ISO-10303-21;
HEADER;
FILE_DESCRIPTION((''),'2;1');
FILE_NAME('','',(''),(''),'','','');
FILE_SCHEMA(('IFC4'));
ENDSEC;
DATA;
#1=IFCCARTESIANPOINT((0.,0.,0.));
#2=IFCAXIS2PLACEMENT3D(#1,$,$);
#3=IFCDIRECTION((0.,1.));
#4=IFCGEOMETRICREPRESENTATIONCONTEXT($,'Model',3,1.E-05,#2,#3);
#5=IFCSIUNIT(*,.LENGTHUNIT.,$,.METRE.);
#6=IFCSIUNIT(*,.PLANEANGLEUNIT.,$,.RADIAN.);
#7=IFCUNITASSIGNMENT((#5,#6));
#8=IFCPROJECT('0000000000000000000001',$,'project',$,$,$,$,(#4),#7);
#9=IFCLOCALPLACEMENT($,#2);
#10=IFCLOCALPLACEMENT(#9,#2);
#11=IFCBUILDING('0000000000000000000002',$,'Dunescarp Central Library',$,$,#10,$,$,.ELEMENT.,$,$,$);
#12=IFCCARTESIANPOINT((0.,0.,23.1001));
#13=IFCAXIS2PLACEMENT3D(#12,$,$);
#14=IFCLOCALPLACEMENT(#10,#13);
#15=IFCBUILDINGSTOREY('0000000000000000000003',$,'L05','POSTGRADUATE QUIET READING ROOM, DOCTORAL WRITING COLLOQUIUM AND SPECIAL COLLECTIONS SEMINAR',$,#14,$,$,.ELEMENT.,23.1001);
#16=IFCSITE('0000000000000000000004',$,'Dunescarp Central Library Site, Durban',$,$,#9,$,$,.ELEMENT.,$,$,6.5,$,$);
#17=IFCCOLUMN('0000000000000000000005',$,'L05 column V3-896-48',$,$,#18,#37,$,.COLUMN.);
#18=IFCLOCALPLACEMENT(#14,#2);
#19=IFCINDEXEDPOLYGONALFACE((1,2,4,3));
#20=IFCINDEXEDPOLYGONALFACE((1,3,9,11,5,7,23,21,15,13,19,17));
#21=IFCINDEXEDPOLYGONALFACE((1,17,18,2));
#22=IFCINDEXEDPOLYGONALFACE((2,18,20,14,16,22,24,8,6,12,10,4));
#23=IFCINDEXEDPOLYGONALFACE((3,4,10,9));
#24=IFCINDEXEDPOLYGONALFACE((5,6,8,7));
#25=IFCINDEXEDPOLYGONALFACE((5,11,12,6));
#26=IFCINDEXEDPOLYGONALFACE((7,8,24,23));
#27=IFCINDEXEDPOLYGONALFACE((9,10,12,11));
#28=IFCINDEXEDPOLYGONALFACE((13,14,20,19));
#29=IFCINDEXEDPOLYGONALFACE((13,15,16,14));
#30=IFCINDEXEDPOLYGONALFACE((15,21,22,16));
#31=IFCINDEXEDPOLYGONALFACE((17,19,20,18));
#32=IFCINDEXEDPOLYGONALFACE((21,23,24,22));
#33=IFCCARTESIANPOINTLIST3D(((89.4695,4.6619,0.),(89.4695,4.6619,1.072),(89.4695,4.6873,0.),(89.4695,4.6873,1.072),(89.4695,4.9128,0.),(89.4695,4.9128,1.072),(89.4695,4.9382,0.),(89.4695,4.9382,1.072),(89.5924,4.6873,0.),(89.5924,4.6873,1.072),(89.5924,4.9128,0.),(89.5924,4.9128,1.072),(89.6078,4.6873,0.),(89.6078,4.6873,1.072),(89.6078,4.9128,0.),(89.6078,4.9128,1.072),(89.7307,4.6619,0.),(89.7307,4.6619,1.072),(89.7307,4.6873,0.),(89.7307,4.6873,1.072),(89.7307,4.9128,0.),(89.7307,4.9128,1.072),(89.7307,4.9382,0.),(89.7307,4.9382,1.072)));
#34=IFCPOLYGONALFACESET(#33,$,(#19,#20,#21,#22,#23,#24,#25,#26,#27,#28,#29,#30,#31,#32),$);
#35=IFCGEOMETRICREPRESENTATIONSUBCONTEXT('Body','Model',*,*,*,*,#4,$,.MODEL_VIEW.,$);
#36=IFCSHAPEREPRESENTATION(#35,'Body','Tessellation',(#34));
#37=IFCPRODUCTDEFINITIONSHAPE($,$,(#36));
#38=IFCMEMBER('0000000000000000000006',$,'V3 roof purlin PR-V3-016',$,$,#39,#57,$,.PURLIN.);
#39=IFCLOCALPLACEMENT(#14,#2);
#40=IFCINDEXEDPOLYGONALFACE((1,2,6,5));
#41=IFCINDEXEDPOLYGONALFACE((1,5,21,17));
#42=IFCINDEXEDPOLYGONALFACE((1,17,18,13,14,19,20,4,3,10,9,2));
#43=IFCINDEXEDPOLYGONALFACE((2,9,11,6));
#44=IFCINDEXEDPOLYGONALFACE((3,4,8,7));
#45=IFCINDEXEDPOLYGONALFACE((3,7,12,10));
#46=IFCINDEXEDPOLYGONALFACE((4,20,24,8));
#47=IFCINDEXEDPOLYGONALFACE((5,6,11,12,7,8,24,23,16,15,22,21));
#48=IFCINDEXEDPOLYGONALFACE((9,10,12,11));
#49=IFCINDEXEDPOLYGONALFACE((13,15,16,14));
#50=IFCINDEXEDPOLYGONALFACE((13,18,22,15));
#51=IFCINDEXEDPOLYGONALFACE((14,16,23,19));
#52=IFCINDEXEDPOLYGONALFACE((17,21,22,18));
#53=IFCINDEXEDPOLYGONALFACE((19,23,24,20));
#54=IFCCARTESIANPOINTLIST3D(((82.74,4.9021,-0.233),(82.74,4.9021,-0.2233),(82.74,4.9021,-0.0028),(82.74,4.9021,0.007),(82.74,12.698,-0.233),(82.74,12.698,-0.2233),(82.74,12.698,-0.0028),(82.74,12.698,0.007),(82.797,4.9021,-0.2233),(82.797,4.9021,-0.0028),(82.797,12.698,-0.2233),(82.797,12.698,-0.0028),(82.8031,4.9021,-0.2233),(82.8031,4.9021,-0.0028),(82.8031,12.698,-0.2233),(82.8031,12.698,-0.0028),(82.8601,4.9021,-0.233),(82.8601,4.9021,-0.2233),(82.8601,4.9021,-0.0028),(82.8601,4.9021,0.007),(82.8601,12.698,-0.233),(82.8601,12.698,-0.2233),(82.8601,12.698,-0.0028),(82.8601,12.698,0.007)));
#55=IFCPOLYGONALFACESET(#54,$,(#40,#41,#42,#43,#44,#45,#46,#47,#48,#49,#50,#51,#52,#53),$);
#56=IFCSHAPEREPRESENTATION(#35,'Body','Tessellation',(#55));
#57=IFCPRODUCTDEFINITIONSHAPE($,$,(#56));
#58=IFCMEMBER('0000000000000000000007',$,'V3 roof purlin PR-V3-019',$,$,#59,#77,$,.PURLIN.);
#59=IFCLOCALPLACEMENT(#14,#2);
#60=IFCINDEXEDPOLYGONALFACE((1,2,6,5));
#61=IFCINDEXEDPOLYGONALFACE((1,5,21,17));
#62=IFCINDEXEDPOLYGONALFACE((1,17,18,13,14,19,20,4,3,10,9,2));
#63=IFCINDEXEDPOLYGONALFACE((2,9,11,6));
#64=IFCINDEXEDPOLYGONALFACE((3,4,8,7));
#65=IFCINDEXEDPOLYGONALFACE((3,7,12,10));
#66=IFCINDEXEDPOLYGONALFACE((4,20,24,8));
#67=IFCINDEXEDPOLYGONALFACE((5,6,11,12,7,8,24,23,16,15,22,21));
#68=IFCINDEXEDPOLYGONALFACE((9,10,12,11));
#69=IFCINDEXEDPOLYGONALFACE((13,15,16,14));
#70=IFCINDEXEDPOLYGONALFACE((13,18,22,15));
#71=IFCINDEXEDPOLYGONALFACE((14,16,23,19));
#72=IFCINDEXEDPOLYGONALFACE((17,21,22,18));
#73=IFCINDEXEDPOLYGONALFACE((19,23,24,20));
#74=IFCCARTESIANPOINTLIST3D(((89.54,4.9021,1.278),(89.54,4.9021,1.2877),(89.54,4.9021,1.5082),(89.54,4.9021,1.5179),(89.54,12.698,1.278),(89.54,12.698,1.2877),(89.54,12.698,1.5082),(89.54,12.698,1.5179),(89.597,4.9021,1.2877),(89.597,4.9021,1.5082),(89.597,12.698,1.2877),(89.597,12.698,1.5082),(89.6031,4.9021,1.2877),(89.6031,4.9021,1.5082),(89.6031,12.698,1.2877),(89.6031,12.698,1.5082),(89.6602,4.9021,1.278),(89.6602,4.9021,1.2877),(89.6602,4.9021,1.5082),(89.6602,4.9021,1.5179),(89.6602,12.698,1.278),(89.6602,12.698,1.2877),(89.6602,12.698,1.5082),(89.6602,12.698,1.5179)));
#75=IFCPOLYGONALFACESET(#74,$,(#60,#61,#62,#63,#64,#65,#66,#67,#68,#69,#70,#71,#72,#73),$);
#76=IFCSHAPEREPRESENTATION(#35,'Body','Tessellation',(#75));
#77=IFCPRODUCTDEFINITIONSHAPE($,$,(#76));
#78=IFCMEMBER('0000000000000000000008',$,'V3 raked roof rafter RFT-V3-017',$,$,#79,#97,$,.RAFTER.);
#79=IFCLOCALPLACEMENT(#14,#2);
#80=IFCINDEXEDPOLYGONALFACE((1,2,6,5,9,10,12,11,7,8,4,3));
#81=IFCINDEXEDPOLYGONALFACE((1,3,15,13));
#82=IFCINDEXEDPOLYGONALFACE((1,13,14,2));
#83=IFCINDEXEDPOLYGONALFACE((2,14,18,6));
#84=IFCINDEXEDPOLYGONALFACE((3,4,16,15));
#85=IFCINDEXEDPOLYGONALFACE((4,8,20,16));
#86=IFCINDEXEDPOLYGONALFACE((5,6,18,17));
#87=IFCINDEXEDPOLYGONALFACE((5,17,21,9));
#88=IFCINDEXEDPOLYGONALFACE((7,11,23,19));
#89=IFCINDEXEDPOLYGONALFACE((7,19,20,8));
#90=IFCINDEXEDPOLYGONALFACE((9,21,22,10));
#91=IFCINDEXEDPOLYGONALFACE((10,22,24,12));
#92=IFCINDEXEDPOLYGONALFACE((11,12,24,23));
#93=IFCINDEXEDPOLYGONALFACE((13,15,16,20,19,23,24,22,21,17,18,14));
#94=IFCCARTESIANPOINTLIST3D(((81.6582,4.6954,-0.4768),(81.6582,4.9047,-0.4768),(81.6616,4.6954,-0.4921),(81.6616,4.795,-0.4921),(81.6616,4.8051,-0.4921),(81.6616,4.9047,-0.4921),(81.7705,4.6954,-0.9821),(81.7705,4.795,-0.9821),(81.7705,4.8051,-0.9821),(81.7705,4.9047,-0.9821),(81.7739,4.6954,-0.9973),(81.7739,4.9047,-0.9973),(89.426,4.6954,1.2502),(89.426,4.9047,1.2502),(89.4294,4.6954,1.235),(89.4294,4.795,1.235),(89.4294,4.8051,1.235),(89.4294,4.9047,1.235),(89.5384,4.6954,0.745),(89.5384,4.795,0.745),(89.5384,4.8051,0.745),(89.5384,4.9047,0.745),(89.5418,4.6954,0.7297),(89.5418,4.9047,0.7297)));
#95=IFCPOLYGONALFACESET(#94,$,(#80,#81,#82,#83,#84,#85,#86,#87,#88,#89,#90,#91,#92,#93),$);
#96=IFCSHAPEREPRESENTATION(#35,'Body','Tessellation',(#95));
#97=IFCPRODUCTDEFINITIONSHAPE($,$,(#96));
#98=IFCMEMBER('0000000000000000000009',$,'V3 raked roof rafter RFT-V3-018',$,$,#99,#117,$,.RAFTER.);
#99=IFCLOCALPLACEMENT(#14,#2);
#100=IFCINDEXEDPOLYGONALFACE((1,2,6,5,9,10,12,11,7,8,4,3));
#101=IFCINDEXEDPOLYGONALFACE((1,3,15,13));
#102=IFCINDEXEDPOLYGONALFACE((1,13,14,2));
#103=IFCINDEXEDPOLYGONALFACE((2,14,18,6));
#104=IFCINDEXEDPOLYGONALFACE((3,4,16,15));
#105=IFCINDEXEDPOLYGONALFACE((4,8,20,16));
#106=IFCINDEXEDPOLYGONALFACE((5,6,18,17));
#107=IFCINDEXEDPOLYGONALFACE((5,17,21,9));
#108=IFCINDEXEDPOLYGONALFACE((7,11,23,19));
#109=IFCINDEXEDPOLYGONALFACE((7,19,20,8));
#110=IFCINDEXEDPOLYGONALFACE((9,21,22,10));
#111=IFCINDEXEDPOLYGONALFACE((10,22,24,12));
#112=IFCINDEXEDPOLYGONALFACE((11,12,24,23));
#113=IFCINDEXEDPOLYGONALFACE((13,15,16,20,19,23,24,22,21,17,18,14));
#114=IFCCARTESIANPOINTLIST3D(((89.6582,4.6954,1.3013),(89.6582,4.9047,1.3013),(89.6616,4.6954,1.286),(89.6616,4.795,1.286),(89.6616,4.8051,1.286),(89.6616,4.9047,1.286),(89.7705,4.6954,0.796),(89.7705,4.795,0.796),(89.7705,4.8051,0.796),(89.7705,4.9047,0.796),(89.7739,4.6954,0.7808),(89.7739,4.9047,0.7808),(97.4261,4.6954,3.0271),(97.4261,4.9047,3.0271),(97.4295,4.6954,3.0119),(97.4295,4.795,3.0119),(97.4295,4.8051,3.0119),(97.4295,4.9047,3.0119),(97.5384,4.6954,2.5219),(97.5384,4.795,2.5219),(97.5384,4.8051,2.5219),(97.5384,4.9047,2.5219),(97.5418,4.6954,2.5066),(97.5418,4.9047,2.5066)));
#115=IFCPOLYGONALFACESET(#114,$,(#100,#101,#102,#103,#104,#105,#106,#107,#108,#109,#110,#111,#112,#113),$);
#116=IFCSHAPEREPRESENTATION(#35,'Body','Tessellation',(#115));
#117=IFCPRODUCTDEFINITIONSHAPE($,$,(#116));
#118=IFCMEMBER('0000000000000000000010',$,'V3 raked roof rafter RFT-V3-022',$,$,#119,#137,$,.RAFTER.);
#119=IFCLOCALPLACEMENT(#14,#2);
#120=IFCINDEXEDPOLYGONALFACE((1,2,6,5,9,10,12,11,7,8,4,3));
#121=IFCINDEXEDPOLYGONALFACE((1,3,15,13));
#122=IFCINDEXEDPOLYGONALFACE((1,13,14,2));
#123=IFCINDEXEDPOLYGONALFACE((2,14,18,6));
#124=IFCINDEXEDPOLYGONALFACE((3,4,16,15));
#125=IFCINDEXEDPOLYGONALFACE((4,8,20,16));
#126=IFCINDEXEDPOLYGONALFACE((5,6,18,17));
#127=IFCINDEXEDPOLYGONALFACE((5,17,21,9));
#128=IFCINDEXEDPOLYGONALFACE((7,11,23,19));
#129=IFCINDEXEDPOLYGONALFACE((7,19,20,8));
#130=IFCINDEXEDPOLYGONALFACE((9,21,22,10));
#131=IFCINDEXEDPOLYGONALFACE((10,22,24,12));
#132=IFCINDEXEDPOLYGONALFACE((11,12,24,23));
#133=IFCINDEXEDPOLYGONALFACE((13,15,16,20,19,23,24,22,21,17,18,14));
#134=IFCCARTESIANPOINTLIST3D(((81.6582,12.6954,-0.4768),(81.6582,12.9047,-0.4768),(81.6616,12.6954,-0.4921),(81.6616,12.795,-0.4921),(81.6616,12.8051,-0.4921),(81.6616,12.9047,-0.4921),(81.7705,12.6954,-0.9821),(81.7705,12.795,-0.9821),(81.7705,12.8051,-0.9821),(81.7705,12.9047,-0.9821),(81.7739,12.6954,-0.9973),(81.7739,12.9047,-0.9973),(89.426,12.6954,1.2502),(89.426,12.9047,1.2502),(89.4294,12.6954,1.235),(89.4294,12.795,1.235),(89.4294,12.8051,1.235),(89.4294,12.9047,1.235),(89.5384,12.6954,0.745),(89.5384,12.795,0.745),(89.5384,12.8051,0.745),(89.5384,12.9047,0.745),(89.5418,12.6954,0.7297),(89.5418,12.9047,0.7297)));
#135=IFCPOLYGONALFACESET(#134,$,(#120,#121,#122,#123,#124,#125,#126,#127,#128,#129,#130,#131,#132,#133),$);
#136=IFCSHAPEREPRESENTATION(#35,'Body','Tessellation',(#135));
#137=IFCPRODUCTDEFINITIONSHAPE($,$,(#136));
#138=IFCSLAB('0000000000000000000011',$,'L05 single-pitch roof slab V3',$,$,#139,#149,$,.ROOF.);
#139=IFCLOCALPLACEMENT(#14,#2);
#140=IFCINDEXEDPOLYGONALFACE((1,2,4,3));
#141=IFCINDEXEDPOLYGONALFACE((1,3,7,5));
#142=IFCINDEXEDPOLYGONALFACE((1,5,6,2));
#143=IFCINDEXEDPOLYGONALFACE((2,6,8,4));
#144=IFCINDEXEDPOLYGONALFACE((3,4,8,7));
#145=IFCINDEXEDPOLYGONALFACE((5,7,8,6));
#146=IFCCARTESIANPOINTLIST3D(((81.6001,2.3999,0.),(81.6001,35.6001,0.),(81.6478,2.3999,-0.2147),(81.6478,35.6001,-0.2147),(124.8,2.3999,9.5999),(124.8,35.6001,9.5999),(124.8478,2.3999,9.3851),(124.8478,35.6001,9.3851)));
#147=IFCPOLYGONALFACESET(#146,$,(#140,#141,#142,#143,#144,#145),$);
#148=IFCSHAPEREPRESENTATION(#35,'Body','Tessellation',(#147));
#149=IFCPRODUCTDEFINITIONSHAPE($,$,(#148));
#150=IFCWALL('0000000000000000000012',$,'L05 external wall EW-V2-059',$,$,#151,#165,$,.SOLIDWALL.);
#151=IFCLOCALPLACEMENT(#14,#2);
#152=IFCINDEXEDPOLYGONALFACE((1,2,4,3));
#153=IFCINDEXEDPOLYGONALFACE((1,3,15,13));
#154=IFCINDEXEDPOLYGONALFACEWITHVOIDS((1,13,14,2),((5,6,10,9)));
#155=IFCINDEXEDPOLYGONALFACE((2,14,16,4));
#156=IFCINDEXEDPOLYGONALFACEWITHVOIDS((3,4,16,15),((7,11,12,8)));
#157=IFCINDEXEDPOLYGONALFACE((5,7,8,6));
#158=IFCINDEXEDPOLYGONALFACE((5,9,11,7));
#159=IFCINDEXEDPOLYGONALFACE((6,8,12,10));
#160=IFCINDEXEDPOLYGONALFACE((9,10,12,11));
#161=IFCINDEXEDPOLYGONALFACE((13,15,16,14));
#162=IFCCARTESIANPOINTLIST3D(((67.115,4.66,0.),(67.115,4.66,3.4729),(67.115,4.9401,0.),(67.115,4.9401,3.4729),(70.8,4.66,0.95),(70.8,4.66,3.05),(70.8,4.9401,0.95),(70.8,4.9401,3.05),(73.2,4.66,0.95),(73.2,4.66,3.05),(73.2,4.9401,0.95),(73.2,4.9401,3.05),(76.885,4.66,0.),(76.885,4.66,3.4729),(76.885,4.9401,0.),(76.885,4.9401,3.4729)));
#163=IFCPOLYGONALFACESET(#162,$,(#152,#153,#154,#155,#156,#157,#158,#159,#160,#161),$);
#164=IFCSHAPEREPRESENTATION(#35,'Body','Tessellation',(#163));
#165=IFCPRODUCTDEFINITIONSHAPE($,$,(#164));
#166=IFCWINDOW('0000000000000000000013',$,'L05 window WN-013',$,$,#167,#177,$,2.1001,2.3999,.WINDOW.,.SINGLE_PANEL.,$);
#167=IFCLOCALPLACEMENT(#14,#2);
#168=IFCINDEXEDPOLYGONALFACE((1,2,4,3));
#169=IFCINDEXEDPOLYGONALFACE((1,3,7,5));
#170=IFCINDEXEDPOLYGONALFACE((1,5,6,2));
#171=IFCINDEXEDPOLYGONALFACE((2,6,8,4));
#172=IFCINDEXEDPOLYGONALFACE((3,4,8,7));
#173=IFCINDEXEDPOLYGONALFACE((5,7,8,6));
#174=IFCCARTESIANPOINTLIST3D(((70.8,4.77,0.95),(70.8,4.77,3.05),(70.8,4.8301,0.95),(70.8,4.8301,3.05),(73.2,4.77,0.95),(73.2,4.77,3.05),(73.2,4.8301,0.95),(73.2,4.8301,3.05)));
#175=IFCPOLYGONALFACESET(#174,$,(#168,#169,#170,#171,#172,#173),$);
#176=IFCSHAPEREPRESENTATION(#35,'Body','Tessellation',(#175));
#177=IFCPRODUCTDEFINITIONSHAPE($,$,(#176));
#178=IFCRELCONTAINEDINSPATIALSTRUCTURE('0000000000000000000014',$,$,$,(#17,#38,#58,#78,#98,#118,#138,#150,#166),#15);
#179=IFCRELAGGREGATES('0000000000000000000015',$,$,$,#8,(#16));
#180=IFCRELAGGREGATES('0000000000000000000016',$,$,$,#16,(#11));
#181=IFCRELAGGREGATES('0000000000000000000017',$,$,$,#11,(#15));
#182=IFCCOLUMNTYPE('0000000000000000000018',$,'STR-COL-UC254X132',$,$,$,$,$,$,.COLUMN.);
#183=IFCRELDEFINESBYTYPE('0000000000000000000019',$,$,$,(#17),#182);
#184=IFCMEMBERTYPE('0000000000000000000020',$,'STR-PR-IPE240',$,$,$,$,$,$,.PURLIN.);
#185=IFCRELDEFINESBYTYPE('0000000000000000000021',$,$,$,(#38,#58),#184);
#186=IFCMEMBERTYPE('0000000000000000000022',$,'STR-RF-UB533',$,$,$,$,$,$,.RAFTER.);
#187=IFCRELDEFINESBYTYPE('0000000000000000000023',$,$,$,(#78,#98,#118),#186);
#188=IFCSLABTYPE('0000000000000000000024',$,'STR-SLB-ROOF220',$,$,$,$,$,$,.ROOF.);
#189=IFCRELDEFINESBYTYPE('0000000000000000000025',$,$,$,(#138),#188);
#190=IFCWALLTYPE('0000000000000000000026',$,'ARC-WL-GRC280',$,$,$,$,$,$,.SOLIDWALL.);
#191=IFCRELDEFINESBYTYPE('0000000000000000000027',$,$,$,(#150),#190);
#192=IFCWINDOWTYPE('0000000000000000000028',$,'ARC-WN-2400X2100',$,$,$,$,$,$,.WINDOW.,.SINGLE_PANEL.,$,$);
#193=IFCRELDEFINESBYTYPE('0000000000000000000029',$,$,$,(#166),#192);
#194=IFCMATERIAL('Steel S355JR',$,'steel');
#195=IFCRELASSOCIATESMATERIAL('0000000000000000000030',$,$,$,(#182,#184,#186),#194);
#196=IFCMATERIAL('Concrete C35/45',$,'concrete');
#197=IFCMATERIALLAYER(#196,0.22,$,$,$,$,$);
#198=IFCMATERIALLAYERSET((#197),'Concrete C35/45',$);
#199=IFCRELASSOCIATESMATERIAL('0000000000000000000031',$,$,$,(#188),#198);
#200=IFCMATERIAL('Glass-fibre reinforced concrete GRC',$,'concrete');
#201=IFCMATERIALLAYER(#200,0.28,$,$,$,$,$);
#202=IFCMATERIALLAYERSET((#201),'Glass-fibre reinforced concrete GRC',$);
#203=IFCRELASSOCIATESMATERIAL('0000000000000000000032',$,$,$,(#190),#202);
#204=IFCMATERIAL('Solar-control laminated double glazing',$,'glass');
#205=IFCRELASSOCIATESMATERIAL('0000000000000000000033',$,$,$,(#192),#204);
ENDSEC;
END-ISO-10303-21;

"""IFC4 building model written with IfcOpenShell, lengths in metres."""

from ifc_helpers import new_model, si_unit, direction, frame, frame_2d, origin, origin_2d, place, context, subcontext, project, spatial, polyline, rectangle, i_section, outline, extrude, material, layer, layer_set, material_profile, profile_set, type_object, element, fill, save


model = new_model("IFC4")

# Units and contexts
model_context = context("Model", 3, precision=1e-05, world=origin(), true_north=direction((0.0, 1.0)))
body_context = subcontext(model_context, "Body", "Model", "MODEL_VIEW")
ifc_project = project(units=[si_unit("LENGTHUNIT", "METRE"), si_unit("PLANEANGLEUNIT", "RADIAN")], contexts=[model_context])

# Site, building, storey
site_placement = place(None, origin())
site = spatial("IfcSite", under=ifc_project, at=site_placement, Name="Dunescarp Central Library Site, Durban", CompositionType="ELEMENT", RefElevation=6.5)
building_placement = place(site_placement, origin())
building = spatial("IfcBuilding", under=site, at=building_placement, Name="Dunescarp Central Library", CompositionType="ELEMENT")
storey_placement = place(building_placement, frame((0.0, 0.0, 23.1001)))
storey = spatial("IfcBuildingStorey", under=building, at=storey_placement, Name="L05", Description="POSTGRADUATE QUIET READING ROOM, DOCTORAL WRITING COLLOQUIUM AND SPECIAL COLLECTIONS SEMINAR", CompositionType="ELEMENT", Elevation=23.1001)

# Column
ifc_material_1 = material(Name="Steel S355JR", Category="steel")
ifc_material_profile_1 = material_profile(ifc_material_1, i_section(OverallWidth=0.2612, OverallDepth=0.2764, WebThickness=0.0154, FlangeThickness=0.0254, at=origin_2d()), Name="UC 254x254x132")
ifc_profile_set_1 = profile_set([ifc_material_profile_1], Name="Steel S355JR")
column_type = type_object("IfcColumnType", Name="STR-COL-UC254X132", PredefinedType="COLUMN", material=ifc_profile_set_1)
column_placement = place(storey_placement, frame((89.6001, 4.8, 0.0), z_axis=(0.0, 0.0, 1.0), x_axis=(1.0, 0.0, 0.0)))
element("IfcColumn", 1, at=column_placement, inside=storey, type_object=column_type, Name="L05 column V3-896-48", PredefinedType="COLUMN", context=body_context, shape_type="SweptSolid", body=[
    extrude(i_section(OverallWidth=0.2612, OverallDepth=0.2764, WebThickness=0.0154, FlangeThickness=0.0254, at=origin_2d()), origin(), (0.0, 0.0, 1.0), 1.072),
])

# Members
ifc_material_profile_2 = material_profile(ifc_material_1, i_section(OverallWidth=0.1201, OverallDepth=0.24, WebThickness=0.0061, FlangeThickness=0.0098, at=origin_2d()), Name="IPE 240")
ifc_profile_set_2 = profile_set([ifc_material_profile_2], Name="Steel S355JR")
member_type_1 = type_object("IfcMemberType", Name="STR-PR-IPE240", PredefinedType="PURLIN", material=ifc_profile_set_2)
for number, where, z_axis, x_axis, name in (
    (2, (82.8, 4.9021, -0.113), (0.0, 1.0, 0.0), (-1.0, 0.0, 0.0), "V3 roof purlin PR-V3-016"),
    (3, (89.6001, 4.9021, 1.3979), (0.0, 1.0, 0.0), (-1.0, 0.0, 0.0), "V3 roof purlin PR-V3-019"),
):
    element("IfcMember", number, at=place(storey_placement, frame(where, z_axis=z_axis, x_axis=x_axis)), inside=storey, type_object=member_type_1, Name=name, PredefinedType="PURLIN", context=body_context, shape_type="SweptSolid", body=[
        extrude(i_section(OverallWidth=0.1201, OverallDepth=0.24, WebThickness=0.0061, FlangeThickness=0.0098, at=origin_2d()), origin(), (0.0, 0.0, 1.0), 7.7959),
    ])
ifc_material_profile_3 = material_profile(ifc_material_1, i_section(OverallWidth=0.2092, OverallDepth=0.5332, WebThickness=0.01, FlangeThickness=0.0156, at=origin_2d()), Name="UB 533x210x92")
ifc_profile_set_3 = profile_set([ifc_material_profile_3], Name="Steel S355JR")
member_type_2 = type_object("IfcMemberType", Name="STR-RF-UB533", PredefinedType="RAFTER", material=ifc_profile_set_3)
member_1_placement = place(storey_placement, frame((81.7161, 4.8, -0.7371), z_axis=(0.976164, 0.0, 0.217034), x_axis=(0.0, 1.0, 0.0)))
element("IfcMember", 4, at=member_1_placement, inside=storey, type_object=member_type_2, Name="V3 raked roof rafter RFT-V3-017", PredefinedType="RAFTER", context=body_context, shape_type="SweptSolid", body=[
    extrude(i_section(OverallWidth=0.2092, OverallDepth=0.5332, WebThickness=0.01, FlangeThickness=0.0156, at=origin_2d()), origin(), (0.0, 0.0, 1.0), 7.9575),
])
member_2_placement = place(storey_placement, frame((89.7161, 4.8, 1.041), z_axis=(0.976196, 0.0, 0.216888), x_axis=(0.0, 1.0, 0.0)))
element("IfcMember", 5, at=member_2_placement, inside=storey, type_object=member_type_2, Name="V3 raked roof rafter RFT-V3-018", PredefinedType="RAFTER", context=body_context, shape_type="SweptSolid", body=[
    extrude(i_section(OverallWidth=0.2092, OverallDepth=0.5332, WebThickness=0.01, FlangeThickness=0.0156, at=origin_2d()), origin(), (0.0, 0.0, 1.0), 7.9573),
])
member_3_placement = place(storey_placement, frame((81.7161, 12.8, -0.7371), z_axis=(0.976164, 0.0, 0.217034), x_axis=(0.0, 1.0, 0.0)))
element("IfcMember", 6, at=member_3_placement, inside=storey, type_object=member_type_2, Name="V3 raked roof rafter RFT-V3-022", PredefinedType="RAFTER", context=body_context, shape_type="SweptSolid", body=[
    extrude(i_section(OverallWidth=0.2092, OverallDepth=0.5332, WebThickness=0.01, FlangeThickness=0.0156, at=origin_2d()), origin(), (0.0, 0.0, 1.0), 7.9575),
])

# Slab
ifc_material_2 = material(Name="Concrete C35/45", Category="concrete")
ifc_layer_1 = layer(ifc_material_2, 0.22)
ifc_layer_set_1 = layer_set([ifc_layer_1], Name="Concrete C35/45")
slab_type = type_object("IfcSlabType", Name="STR-SLB-ROOF220", PredefinedType="ROOF", material=ifc_layer_set_1)
slab_placement = place(storey_placement, frame((81.6001, 2.3999, 0.0), z_axis=(-0.216928, 0.0, 0.976188), x_axis=(0.976188, 0.0, 0.216928)))
element("IfcSlab", 7, at=slab_placement, inside=storey, type_object=slab_type, Name="L05 single-pitch roof slab V3", PredefinedType="ROOF", context=body_context, shape_type="SweptSolid", body=[
    extrude(outline(polyline([(0.0, 0.0), (44.2537, 0.0), (44.2537, 33.2002), (0.0, 33.2002), (0.0, 0.0)])), origin(), (0.0, 0.0, -1.0), 0.22),
])

# Wall, opening, window
ifc_material_3 = material(Name="Glass-fibre reinforced concrete GRC", Category="concrete")
ifc_layer_2 = layer(ifc_material_3, 0.28)
ifc_layer_set_2 = layer_set([ifc_layer_2], Name="Glass-fibre reinforced concrete GRC")
wall_type = type_object("IfcWallType", Name="ARC-WL-GRC280", PredefinedType="SOLIDWALL", material=ifc_layer_set_2)
wall_placement = place(storey_placement, frame((76.885, 4.8, 0.0), z_axis=(0.0, 0.0, 1.0), x_axis=(-1.0, 0.0, 0.0)))
wall = element("IfcWall", 8, at=wall_placement, inside=storey, type_object=wall_type, Name="L05 external wall EW-V2-059", PredefinedType="SOLIDWALL", context=body_context, shape_type="SweptSolid", body=[
    extrude(rectangle(XDim=9.77, YDim=0.28, at=frame_2d((4.885, 0.0))), origin(), (0.0, 0.0, 1.0), 3.4729),
])
opening_placement = place(wall_placement, frame((3.6851, 0.0, 0.95)))
opening = element("IfcOpeningElement", 9, at=opening_placement, cuts=wall, PredefinedType="OPENING", context=body_context, shape_type="SweptSolid", body=[
    extrude(rectangle(XDim=2.3999, YDim=2.1001, at=frame_2d((1.2, 1.05))), frame((0.0, 0.1499, 0.0), z_axis=(0.0, -1.0, 0.0), x_axis=(1.0, 0.0, 0.0)), (0.0, 0.0, 1.0), 0.3),
])
ifc_material_4 = material(Name="Solar-control laminated double glazing", Category="glass")
window_type = type_object("IfcWindowType", Name="ARC-WN-2400X2100", PartitioningType="SINGLE_PANEL", PredefinedType="WINDOW", material=ifc_material_4)
window_placement = place(opening_placement, origin())
window = element("IfcWindow", 10, at=window_placement, inside=storey, type_object=window_type, Name="L05 window WN-013", OverallHeight=2.1001, OverallWidth=2.3999, PartitioningType="SINGLE_PANEL", PredefinedType="WINDOW", context=body_context, shape_type="SweptSolid", body=[
    extrude(rectangle(XDim=2.3999, YDim=2.1001, at=frame_2d((1.2, 1.05))), frame((0.0, 0.03, 0.0), z_axis=(0.0, -1.0, 0.0), x_axis=(1.0, 0.0, 0.0)), (0.0, 0.0, 1.0), 0.0601),
])
fill(opening, window)

save(model, "model.ifc")
